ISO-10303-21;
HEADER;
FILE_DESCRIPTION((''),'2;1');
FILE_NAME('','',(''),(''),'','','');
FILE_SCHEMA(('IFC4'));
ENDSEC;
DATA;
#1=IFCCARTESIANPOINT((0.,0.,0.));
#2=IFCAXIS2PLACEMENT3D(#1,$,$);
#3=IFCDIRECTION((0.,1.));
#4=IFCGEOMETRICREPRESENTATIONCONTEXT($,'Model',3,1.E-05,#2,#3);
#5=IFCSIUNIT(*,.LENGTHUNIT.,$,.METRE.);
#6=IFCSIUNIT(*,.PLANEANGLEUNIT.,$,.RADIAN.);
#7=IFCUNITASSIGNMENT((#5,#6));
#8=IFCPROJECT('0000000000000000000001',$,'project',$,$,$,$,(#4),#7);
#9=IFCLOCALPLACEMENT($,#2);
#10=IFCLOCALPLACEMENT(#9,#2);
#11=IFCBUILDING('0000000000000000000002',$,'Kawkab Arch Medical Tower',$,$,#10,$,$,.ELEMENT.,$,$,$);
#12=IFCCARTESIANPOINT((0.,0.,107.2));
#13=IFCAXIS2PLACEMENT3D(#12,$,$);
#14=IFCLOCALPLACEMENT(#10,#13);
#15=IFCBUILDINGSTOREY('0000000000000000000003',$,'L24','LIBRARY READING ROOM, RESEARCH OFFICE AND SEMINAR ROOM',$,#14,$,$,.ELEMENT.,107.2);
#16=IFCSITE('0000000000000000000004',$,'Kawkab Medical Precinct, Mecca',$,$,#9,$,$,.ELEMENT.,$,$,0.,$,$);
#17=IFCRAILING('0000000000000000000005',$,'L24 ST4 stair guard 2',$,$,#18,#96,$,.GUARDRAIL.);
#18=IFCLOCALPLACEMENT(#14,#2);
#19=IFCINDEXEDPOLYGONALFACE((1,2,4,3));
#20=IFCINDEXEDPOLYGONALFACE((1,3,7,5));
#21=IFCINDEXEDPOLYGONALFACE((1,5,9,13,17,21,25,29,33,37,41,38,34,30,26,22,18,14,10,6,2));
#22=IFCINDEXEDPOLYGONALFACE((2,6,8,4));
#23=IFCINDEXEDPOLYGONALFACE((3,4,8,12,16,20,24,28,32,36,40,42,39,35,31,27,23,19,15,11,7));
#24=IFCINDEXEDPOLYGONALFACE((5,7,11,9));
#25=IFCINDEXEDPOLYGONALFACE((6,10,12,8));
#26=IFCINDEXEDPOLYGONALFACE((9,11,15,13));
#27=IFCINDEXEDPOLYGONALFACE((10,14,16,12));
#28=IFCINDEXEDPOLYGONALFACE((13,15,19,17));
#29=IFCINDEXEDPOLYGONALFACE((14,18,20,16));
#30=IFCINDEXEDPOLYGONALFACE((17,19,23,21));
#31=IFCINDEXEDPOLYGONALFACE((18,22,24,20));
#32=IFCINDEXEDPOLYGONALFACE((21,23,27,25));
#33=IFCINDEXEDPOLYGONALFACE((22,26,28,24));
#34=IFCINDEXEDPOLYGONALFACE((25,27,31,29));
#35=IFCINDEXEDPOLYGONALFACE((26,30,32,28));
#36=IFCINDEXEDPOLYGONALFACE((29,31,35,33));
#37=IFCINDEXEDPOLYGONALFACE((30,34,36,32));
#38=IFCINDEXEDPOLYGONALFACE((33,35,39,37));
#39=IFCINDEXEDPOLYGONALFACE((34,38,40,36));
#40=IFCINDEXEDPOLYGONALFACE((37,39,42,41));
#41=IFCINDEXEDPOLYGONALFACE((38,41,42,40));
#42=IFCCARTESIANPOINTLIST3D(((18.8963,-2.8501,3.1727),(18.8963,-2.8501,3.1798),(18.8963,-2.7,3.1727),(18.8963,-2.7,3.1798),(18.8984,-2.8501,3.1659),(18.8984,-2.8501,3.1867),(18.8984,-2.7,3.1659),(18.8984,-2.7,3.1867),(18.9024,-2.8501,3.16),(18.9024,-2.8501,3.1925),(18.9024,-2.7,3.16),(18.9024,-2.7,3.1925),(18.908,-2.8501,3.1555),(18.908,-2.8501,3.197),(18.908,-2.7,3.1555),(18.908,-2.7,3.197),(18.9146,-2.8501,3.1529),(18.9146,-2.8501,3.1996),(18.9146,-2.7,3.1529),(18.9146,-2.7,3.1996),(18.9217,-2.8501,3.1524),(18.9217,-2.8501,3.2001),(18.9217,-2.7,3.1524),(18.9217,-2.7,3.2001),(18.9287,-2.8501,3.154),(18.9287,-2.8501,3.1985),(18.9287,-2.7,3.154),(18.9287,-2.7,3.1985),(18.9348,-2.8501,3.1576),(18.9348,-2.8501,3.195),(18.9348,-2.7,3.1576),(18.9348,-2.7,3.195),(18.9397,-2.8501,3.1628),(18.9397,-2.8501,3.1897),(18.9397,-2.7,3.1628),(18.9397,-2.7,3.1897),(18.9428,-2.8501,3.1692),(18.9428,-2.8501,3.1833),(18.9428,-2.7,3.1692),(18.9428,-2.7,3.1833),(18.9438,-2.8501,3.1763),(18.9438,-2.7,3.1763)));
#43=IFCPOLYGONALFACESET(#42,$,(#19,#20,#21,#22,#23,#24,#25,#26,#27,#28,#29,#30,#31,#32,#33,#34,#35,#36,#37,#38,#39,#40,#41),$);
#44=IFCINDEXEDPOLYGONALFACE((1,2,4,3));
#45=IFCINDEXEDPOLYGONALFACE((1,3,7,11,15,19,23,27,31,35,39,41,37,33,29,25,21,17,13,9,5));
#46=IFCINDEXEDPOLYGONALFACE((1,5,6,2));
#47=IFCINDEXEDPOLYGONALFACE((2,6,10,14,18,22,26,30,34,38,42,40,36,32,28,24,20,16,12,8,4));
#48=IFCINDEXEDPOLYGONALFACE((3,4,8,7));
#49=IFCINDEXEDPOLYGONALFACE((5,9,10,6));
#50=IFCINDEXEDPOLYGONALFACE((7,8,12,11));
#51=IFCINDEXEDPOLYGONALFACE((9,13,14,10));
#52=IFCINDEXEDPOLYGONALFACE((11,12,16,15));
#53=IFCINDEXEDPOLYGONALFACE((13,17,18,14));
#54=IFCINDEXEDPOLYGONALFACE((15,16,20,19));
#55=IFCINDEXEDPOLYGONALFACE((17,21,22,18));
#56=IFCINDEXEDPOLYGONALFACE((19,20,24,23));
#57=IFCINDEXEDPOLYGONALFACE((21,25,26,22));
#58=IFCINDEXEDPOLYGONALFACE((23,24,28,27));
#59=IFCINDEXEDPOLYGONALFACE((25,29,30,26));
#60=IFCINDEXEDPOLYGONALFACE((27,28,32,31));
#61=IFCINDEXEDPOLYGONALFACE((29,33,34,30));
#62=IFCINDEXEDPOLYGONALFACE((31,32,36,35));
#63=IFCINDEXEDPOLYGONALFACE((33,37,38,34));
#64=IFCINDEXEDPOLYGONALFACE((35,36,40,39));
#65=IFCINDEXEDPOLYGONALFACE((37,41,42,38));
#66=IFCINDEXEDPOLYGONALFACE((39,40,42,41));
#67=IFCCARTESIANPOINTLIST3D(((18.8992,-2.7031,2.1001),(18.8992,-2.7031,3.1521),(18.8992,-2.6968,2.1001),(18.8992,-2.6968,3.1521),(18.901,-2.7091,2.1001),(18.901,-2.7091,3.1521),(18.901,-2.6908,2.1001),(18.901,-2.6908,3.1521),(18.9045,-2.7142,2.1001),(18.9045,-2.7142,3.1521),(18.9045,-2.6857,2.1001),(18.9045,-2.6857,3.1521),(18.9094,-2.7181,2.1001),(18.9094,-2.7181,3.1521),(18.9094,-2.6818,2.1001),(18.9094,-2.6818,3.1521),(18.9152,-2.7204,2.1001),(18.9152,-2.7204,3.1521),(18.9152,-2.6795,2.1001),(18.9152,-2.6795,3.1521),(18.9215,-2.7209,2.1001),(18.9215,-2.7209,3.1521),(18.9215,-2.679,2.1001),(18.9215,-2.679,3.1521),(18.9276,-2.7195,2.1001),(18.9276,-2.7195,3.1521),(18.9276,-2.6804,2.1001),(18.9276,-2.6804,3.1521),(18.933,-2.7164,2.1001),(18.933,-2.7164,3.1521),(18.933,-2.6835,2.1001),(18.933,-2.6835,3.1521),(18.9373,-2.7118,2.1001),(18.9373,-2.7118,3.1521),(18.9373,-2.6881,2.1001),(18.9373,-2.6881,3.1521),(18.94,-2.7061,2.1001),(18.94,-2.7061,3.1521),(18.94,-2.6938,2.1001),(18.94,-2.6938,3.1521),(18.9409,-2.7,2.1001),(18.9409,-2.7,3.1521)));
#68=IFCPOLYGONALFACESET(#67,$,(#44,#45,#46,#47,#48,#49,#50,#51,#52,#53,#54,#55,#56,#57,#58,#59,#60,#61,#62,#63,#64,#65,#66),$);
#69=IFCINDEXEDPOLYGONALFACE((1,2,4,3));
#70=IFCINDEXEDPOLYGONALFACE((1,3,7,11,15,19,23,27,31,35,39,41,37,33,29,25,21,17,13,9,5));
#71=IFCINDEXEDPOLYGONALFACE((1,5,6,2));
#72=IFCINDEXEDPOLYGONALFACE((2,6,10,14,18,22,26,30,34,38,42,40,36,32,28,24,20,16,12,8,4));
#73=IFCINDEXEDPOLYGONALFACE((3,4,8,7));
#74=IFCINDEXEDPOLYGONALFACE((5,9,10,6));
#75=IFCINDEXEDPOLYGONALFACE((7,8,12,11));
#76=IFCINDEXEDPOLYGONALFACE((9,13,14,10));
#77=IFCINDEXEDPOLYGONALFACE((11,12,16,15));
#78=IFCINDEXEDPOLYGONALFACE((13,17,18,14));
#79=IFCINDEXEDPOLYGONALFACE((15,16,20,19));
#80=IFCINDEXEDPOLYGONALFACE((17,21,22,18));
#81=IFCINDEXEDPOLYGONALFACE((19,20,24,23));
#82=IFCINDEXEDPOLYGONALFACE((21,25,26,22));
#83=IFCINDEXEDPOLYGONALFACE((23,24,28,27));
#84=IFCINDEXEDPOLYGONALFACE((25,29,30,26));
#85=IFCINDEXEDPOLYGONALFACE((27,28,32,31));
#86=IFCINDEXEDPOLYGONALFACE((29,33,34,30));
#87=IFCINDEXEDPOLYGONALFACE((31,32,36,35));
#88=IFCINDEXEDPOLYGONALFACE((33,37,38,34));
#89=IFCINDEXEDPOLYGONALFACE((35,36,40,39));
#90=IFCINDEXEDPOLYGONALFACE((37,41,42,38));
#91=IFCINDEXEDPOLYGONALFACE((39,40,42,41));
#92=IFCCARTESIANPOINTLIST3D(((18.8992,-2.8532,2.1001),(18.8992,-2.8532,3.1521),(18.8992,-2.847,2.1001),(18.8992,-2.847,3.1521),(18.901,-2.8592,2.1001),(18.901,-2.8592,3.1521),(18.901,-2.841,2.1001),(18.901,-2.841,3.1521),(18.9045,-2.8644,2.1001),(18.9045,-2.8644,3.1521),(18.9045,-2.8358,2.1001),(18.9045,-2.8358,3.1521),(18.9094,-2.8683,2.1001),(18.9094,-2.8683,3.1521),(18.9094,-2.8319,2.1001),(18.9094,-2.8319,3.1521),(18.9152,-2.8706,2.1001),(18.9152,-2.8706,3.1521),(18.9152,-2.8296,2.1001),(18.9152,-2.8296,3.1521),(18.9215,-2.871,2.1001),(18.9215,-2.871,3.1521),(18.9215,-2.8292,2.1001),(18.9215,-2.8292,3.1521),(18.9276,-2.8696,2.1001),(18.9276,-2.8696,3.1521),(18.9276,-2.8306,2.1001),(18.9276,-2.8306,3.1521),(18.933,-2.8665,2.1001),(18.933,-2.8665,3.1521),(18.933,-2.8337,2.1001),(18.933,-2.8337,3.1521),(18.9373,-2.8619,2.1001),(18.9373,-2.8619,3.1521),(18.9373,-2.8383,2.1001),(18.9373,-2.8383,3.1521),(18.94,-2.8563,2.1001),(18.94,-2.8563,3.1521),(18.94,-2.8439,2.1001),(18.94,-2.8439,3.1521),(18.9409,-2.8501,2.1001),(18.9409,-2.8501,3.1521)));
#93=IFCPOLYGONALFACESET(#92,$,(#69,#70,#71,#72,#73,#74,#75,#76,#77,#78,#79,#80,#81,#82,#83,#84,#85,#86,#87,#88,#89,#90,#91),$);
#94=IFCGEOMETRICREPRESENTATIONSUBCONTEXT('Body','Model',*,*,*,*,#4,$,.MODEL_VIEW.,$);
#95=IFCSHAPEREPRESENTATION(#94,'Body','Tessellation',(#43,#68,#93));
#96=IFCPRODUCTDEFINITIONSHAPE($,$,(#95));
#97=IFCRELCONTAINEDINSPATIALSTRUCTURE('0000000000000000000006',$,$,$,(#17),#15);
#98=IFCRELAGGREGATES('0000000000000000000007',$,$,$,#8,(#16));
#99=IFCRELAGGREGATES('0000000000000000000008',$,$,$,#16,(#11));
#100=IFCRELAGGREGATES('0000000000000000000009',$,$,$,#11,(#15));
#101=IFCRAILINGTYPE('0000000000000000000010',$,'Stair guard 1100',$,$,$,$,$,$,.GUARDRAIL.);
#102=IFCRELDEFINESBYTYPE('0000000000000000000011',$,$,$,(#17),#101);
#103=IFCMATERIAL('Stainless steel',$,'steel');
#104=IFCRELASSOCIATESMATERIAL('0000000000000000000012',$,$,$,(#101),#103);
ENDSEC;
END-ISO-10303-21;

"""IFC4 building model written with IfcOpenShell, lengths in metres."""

from ifc_helpers import new_model, si_unit, direction, frame, origin, origin_2d, place, context, subcontext, project, spatial, circle, extrude, material, type_object, element, save


model = new_model("IFC4")

# Units and contexts
model_context = context("Model", 3, precision=1e-05, world=origin(), true_north=direction((0.0, 1.0)))
body_context = subcontext(model_context, "Body", "Model", "MODEL_VIEW")
ifc_project = project(units=[si_unit("LENGTHUNIT", "METRE"), si_unit("PLANEANGLEUNIT", "RADIAN")], contexts=[model_context])

# Site, building, storey
site_placement = place(None, origin())
site = spatial("IfcSite", under=ifc_project, at=site_placement, Name="Kawkab Medical Precinct, Mecca", CompositionType="ELEMENT", RefElevation=0.0)
building_placement = place(site_placement, origin())
building = spatial("IfcBuilding", under=site, at=building_placement, Name="Kawkab Arch Medical Tower", CompositionType="ELEMENT")
storey_placement = place(building_placement, frame((0.0, 0.0, 107.2)))
storey = spatial("IfcBuildingStorey", under=building, at=storey_placement, Name="L24", Description="LIBRARY READING ROOM, RESEARCH OFFICE AND SEMINAR ROOM", CompositionType="ELEMENT", Elevation=107.2)

# Railing
ifc_material_1 = material(Name="Stainless steel", Category="steel")
railing_type_1 = type_object("IfcRailingType", Name="Stair guard 1100", PredefinedType="GUARDRAIL", material=ifc_material_1)
railing_1_placement = place(storey_placement, frame((18.9199, -2.7, 2.1001)))
element("IfcRailing", 1, at=railing_1_placement, inside=storey, type_object=railing_type_1, Name="L24 ST4 stair guard 2", PredefinedType="GUARDRAIL", context=body_context, shape_type="SweptSolid", body=[
    extrude(circle(Radius=0.0239, at=origin_2d()), frame((0.0, 0.0, 1.0762), z_axis=(0.0, -1.0, 0.0), x_axis=(1.0, 0.0, 0.0)), (0.0, 0.0, 1.0), 0.1501),
    extrude(circle(Radius=0.021, at=origin_2d()), origin(), (0.0, 0.0, 1.0), 1.052),
    extrude(circle(Radius=0.021, at=origin_2d()), frame((0.0, -0.1501, 0.0)), (0.0, 0.0, 1.0), 1.052),
])

save(model, "model.ifc")
